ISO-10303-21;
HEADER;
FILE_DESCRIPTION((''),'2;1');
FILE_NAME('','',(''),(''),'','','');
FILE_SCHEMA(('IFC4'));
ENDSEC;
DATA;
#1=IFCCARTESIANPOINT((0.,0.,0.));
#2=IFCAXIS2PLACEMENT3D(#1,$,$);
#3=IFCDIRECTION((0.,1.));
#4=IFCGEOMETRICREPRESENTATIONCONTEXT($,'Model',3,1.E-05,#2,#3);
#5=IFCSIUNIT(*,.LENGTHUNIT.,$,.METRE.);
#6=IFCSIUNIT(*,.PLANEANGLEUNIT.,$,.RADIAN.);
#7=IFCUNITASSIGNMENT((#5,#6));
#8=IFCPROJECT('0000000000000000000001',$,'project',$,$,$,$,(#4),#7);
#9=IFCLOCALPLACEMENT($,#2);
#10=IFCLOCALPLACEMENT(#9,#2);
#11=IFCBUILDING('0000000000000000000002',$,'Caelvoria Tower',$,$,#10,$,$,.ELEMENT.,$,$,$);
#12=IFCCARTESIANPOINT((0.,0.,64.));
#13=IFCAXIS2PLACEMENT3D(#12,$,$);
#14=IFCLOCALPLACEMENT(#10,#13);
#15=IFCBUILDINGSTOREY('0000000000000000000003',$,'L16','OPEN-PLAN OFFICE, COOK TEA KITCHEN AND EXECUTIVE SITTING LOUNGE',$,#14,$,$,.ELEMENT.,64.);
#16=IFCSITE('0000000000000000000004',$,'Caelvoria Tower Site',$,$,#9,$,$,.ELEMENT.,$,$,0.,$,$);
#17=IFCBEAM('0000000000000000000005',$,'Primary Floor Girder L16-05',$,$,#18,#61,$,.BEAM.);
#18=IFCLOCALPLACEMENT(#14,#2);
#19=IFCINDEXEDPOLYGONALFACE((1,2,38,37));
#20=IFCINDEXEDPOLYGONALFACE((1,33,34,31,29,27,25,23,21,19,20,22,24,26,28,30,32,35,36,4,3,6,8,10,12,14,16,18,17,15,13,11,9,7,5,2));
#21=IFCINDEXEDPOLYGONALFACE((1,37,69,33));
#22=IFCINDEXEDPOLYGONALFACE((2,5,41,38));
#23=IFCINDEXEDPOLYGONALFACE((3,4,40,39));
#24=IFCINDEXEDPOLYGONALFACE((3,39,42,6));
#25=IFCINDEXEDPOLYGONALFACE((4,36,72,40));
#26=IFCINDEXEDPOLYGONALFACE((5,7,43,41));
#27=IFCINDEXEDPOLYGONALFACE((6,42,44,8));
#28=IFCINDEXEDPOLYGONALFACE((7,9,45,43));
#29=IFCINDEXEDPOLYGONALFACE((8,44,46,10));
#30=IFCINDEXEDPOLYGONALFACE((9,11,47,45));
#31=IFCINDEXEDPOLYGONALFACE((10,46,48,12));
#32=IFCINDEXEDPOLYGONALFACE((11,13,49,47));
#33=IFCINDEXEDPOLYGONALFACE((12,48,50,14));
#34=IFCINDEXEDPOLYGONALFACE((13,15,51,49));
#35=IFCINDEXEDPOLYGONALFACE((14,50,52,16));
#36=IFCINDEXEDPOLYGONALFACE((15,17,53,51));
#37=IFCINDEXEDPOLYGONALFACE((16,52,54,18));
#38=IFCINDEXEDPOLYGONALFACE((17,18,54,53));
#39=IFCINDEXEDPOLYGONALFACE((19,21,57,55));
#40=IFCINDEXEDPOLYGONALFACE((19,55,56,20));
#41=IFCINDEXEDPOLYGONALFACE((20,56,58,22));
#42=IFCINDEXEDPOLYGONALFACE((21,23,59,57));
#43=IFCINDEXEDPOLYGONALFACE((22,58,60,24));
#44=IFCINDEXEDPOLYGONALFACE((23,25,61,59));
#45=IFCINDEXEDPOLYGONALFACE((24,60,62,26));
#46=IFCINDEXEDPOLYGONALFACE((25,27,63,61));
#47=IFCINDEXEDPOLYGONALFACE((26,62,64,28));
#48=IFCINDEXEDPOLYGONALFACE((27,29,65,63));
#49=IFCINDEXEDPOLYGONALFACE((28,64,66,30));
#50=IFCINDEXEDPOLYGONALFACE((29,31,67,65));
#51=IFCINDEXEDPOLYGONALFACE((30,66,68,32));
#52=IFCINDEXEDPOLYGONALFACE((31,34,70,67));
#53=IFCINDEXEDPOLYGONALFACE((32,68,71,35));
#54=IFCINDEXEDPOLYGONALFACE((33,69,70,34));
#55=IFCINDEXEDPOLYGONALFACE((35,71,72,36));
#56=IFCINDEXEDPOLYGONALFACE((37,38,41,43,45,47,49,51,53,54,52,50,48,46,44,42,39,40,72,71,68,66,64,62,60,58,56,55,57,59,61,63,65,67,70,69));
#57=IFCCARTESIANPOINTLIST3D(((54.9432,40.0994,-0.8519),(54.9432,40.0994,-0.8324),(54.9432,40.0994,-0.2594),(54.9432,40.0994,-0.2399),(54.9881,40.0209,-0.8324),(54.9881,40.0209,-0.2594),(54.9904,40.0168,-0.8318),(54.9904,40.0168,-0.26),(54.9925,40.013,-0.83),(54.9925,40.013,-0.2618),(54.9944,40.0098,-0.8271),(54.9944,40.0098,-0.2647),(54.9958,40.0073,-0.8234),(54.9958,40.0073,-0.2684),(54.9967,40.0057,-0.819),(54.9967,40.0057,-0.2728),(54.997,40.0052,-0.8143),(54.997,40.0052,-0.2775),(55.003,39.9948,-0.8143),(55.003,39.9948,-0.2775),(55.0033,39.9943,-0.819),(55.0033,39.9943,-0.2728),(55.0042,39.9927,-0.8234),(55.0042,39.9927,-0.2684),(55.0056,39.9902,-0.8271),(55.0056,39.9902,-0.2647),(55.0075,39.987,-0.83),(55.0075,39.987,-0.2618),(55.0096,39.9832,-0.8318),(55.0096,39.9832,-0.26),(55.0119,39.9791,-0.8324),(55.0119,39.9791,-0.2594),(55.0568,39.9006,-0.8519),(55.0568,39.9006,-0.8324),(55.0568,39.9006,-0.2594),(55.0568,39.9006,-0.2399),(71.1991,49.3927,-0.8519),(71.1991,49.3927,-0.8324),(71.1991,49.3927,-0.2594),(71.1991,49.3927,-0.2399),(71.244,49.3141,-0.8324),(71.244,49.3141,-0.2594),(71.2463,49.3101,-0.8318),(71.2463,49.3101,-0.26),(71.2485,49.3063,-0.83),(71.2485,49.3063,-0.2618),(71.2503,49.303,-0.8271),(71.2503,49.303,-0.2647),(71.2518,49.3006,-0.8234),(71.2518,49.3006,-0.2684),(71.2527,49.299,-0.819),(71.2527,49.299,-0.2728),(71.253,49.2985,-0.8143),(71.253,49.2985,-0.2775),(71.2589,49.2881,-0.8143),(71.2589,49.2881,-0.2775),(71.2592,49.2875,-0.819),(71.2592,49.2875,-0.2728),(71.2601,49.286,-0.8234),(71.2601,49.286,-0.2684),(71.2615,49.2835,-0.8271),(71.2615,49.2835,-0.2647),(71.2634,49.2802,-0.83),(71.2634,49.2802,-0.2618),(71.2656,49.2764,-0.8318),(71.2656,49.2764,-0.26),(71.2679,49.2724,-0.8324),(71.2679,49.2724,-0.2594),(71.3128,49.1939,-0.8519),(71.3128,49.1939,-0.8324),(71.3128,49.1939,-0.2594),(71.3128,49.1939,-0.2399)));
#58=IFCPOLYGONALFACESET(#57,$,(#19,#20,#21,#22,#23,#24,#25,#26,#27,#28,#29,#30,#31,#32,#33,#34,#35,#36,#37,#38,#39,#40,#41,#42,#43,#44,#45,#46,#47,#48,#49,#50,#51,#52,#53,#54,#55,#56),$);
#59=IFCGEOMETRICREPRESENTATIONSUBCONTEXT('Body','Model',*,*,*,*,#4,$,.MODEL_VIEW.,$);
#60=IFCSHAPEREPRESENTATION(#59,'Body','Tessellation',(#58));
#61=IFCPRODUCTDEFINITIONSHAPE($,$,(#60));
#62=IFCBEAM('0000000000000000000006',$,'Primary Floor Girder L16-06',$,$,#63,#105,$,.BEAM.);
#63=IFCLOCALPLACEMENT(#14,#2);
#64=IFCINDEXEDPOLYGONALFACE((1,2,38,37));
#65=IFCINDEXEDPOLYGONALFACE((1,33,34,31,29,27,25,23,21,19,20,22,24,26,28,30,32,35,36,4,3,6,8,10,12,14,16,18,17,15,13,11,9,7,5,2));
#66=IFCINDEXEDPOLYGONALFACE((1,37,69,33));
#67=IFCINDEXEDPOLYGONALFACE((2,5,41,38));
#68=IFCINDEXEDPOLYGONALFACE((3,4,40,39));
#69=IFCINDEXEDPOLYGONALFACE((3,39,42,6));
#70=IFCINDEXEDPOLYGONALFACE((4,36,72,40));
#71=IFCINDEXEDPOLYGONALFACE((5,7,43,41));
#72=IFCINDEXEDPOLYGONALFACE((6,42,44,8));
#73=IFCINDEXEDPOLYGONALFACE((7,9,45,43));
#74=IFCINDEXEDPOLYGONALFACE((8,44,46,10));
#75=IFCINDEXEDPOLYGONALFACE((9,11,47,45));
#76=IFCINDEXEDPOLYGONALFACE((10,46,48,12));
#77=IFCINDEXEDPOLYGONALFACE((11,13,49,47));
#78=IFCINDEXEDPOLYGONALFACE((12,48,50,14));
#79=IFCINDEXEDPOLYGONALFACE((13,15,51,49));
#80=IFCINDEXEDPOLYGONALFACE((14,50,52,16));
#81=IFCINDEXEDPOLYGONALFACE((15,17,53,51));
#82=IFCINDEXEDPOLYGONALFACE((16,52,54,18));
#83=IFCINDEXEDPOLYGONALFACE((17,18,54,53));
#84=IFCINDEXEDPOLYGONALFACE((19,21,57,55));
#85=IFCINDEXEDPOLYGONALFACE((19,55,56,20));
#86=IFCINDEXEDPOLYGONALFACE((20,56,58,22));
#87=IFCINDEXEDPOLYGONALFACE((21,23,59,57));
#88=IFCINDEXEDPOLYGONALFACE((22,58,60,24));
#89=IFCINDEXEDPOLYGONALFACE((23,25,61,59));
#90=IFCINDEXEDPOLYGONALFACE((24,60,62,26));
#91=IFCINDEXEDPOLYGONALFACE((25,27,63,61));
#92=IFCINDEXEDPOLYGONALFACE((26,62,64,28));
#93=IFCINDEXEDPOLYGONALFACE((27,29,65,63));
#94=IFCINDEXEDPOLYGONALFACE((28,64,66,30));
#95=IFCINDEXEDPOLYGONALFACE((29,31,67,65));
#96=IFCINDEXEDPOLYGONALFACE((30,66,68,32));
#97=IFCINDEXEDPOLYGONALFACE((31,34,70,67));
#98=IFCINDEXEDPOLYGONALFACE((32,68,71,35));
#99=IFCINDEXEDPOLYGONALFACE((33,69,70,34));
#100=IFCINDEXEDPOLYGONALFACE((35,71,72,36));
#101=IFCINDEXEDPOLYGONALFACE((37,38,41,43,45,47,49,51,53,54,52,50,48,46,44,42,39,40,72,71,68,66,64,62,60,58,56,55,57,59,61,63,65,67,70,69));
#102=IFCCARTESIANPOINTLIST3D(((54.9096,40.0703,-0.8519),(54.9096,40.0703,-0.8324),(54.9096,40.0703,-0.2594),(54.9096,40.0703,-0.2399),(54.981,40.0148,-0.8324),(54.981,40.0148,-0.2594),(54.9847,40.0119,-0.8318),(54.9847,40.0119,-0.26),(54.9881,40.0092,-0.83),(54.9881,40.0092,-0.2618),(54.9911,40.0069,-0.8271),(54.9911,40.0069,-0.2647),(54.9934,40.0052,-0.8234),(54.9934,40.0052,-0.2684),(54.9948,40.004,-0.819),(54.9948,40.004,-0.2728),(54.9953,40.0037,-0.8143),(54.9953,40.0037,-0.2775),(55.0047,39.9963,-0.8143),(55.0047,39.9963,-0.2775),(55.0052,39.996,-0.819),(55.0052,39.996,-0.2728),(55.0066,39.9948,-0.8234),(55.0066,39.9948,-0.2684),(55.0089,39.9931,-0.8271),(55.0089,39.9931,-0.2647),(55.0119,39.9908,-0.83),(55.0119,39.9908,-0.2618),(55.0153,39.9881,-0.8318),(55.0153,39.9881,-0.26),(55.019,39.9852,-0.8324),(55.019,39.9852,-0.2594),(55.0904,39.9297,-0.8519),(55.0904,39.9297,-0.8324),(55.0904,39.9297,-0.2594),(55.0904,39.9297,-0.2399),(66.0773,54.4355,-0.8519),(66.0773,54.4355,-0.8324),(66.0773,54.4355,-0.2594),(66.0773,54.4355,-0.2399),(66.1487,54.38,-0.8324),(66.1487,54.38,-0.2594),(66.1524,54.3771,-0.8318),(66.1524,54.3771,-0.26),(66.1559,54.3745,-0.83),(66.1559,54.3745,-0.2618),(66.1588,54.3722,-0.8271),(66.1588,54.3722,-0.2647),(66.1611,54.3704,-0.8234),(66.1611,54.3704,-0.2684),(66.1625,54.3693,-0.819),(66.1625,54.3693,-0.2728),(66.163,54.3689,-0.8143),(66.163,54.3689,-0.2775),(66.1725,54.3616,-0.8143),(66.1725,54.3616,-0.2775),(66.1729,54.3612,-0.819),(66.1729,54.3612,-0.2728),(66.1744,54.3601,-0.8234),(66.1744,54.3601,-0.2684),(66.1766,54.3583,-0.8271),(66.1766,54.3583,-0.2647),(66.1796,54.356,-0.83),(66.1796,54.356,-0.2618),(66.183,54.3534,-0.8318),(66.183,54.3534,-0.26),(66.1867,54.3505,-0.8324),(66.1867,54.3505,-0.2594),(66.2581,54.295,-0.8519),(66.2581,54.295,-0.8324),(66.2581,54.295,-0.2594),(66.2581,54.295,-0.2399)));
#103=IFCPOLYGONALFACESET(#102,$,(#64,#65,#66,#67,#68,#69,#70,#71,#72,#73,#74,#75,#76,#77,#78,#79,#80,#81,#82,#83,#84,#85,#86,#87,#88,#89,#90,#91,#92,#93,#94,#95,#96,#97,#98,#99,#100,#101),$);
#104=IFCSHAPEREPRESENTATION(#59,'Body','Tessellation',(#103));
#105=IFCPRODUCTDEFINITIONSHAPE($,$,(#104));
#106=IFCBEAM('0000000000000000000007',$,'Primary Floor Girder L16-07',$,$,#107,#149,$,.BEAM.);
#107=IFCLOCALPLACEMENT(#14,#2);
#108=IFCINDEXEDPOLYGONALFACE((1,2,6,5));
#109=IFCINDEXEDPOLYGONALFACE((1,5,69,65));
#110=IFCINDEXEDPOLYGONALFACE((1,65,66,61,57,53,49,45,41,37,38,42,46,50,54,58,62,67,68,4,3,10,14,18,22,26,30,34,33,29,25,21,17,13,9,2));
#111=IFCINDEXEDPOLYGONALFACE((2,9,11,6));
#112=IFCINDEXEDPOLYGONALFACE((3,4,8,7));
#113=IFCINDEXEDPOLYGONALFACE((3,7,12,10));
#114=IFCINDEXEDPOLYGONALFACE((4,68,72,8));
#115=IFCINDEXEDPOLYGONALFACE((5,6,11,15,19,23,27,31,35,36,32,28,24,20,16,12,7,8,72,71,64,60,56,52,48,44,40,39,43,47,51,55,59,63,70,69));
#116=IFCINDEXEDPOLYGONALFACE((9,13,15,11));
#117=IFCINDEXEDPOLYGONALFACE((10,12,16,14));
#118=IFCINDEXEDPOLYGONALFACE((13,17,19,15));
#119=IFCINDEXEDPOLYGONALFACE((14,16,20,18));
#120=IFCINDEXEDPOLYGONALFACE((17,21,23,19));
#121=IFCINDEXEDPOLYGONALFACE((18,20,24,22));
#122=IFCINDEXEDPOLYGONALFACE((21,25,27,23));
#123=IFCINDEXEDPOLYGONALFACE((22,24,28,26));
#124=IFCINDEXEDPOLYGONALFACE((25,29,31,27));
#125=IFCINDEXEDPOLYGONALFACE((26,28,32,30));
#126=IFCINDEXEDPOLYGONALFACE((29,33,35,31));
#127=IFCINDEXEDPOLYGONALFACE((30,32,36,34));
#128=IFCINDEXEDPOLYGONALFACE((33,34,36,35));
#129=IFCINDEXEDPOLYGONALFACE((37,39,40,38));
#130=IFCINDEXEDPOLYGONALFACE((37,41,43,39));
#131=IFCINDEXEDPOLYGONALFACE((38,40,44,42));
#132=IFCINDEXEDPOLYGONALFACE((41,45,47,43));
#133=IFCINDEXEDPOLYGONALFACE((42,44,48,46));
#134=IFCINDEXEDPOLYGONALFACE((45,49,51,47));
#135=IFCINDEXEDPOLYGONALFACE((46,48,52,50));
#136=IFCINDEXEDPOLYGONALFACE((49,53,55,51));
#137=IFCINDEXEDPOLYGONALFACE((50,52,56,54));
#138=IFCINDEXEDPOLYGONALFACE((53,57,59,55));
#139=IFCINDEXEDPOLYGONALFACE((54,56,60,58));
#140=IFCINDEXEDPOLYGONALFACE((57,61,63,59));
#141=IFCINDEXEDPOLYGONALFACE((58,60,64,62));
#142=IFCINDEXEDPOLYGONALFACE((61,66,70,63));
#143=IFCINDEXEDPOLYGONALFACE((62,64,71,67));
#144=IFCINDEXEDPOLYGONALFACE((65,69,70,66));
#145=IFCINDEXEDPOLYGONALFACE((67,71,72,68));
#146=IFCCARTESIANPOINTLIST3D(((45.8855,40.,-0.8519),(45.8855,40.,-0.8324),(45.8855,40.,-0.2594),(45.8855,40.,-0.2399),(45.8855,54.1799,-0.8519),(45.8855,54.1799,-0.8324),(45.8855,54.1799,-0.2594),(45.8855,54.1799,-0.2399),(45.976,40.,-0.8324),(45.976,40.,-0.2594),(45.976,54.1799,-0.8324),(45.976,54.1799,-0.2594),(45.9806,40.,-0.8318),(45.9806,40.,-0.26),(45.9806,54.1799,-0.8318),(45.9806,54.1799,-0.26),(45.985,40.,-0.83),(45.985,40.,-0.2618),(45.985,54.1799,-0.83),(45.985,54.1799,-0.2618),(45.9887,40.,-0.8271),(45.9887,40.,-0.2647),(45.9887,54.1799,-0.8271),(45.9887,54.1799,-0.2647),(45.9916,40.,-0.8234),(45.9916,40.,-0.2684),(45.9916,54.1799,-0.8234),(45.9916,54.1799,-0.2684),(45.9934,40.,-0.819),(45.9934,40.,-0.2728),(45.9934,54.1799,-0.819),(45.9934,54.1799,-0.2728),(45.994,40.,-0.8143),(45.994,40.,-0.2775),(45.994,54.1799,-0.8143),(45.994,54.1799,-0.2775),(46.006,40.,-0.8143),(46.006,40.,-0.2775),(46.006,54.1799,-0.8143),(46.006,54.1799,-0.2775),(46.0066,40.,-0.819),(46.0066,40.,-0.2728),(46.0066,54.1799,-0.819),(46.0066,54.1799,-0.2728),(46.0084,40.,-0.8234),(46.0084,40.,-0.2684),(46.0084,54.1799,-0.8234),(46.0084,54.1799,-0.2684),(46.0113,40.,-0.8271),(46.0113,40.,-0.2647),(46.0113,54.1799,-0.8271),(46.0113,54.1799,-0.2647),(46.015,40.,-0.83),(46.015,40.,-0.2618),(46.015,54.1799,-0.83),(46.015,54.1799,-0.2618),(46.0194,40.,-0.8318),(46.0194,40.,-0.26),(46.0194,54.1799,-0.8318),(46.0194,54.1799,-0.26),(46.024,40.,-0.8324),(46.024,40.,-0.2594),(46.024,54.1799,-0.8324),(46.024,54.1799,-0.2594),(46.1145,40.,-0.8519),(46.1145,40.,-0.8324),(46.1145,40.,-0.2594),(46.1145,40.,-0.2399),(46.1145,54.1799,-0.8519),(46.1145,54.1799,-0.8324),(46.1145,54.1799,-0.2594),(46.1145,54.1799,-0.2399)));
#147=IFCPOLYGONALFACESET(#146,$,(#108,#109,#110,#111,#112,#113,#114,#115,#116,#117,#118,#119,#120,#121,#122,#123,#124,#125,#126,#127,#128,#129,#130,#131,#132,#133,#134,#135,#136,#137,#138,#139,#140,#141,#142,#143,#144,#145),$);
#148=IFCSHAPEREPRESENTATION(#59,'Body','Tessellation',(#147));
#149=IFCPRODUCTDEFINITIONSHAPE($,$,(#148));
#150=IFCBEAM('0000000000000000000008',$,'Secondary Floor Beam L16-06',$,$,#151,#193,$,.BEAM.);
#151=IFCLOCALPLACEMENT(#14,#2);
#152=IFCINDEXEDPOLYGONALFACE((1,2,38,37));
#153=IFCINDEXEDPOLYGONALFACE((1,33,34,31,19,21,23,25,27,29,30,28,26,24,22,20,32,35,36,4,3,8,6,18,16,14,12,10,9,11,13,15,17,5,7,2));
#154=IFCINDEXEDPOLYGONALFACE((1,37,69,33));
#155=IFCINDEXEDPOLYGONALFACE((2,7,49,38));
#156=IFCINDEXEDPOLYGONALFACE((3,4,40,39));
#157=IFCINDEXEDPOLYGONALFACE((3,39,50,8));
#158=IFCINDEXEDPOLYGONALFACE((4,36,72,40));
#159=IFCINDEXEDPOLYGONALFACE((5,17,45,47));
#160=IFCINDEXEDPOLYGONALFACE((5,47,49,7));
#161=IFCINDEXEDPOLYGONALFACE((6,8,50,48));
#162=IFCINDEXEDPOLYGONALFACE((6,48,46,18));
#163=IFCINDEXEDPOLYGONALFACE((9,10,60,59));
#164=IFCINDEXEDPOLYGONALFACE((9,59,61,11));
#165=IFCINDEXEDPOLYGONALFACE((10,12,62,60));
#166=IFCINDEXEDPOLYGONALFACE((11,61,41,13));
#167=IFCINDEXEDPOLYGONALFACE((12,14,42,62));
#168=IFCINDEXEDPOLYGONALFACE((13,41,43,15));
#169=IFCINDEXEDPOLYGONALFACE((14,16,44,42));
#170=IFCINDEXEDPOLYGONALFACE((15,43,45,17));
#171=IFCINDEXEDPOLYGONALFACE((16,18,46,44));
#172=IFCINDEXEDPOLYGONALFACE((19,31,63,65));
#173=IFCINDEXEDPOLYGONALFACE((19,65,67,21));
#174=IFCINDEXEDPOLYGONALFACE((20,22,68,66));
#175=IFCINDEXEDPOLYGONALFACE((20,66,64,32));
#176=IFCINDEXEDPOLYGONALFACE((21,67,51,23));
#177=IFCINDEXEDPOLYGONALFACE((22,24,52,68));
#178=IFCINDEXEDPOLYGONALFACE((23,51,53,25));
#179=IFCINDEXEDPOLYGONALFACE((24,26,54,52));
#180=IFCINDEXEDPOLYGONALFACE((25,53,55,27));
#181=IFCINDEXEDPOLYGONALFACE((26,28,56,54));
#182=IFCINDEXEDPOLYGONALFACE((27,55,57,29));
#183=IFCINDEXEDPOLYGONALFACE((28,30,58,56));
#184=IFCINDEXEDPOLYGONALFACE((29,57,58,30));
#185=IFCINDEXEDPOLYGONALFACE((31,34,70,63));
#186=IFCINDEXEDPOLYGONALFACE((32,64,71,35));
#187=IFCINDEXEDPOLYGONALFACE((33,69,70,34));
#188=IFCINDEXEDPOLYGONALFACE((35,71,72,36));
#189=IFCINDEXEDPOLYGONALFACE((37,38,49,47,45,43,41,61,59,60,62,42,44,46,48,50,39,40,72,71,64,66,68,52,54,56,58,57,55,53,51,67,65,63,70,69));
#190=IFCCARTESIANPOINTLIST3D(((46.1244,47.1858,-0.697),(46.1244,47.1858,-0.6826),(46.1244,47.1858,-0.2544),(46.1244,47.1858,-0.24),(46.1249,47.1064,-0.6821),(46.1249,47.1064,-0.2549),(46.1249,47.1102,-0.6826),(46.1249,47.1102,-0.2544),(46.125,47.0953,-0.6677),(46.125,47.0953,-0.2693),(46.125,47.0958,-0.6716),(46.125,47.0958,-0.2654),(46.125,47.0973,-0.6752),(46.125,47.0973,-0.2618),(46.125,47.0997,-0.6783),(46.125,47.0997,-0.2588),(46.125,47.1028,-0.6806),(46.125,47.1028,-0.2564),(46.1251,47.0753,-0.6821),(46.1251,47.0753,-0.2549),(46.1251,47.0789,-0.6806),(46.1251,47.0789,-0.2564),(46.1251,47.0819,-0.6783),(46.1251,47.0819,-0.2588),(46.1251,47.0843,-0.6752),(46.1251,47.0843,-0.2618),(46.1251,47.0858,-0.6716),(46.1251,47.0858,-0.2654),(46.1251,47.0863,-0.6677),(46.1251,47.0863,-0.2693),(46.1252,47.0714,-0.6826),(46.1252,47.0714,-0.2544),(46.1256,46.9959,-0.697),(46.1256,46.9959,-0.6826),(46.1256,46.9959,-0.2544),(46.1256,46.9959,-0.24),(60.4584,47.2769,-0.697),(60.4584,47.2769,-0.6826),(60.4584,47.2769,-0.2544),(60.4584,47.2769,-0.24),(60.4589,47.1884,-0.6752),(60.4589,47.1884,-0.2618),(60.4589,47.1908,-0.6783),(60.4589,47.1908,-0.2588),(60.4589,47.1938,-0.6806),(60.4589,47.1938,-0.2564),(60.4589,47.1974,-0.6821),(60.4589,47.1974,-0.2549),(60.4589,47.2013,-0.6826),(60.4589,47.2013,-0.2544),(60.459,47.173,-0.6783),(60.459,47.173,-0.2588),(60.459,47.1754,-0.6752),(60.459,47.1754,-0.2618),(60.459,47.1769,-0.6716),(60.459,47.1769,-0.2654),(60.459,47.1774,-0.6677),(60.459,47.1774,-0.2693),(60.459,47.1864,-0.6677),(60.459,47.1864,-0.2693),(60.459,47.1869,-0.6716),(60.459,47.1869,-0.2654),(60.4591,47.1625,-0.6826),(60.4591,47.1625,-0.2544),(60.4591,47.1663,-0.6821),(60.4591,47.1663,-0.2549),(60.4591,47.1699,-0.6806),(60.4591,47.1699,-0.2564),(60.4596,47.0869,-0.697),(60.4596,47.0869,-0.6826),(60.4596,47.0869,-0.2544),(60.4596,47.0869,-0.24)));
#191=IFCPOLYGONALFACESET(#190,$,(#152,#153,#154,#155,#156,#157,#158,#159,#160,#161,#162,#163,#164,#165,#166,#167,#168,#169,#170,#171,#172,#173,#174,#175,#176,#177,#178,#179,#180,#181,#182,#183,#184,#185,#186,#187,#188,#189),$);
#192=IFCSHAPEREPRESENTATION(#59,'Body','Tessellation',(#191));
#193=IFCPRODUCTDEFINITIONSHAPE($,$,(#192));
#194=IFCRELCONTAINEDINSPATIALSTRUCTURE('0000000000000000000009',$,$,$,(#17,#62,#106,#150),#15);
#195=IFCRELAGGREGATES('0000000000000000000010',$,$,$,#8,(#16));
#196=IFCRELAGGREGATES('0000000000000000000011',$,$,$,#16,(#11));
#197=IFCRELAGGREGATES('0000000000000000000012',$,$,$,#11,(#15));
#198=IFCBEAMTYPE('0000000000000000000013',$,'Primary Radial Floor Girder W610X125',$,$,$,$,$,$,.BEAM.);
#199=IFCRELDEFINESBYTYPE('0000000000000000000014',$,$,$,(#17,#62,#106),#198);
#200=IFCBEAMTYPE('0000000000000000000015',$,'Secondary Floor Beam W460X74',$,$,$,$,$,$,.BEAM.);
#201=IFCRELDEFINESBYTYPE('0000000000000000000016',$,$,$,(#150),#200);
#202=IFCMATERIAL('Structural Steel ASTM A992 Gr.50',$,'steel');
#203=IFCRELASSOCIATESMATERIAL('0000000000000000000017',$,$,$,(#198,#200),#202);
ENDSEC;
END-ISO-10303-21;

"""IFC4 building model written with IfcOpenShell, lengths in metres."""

from ifc_helpers import new_model, si_unit, direction, frame, origin, origin_2d, place, context, subcontext, project, spatial, i_section, extrude, material, material_profile, profile_set, type_object, element, save


model = new_model("IFC4")

# Units and contexts
model_context = context("Model", 3, precision=1e-05, world=origin(), true_north=direction((0.0, 1.0)))
body_context = subcontext(model_context, "Body", "Model", "MODEL_VIEW")
ifc_project = project(units=[si_unit("LENGTHUNIT", "METRE"), si_unit("PLANEANGLEUNIT", "RADIAN")], contexts=[model_context])

# Site, building, storey
site_placement = place(None, origin())
site = spatial("IfcSite", under=ifc_project, at=site_placement, Name="Caelvoria Tower Site", CompositionType="ELEMENT", RefElevation=0.0)
building_placement = place(site_placement, origin())
building = spatial("IfcBuilding", under=site, at=building_placement, Name="Caelvoria Tower", CompositionType="ELEMENT")
storey_placement = place(building_placement, frame((0.0, 0.0, 64.0)))
storey = spatial("IfcBuildingStorey", under=building, at=storey_placement, Name="L16", Description="OPEN-PLAN OFFICE, COOK TEA KITCHEN AND EXECUTIVE SITTING LOUNGE", CompositionType="ELEMENT", Elevation=64.0)

# Beams
ifc_material_1 = material(Name="Structural Steel ASTM A992 Gr.50", Category="steel")
ifc_material_profile_1 = material_profile(ifc_material_1, i_section(OverallWidth=0.229, OverallDepth=0.6121, WebThickness=0.012, FlangeThickness=0.0195, FilletRadius=0.0181, at=origin_2d()), Name="Structural Steel ASTM A992 Gr.50")
ifc_profile_set_1 = profile_set([ifc_material_profile_1], Name="W610X125 - Structural Steel ASTM A992 Gr.50")
beam_type_1 = type_object("IfcBeamType", Name="Primary Radial Floor Girder W610X125", PredefinedType="BEAM", material=ifc_profile_set_1)
beam_1_placement = place(storey_placement, frame((55.0, 40.0, -0.5459), z_axis=(0.868148, 0.496306, 0.0), x_axis=(-0.496306, 0.868148, 0.0)))
element("IfcBeam", 1, at=beam_1_placement, inside=storey, type_object=beam_type_1, Name="Primary Floor Girder L16-05", PredefinedType="BEAM", context=body_context, shape_type="SweptSolid", body=[
    extrude(i_section(OverallWidth=0.229, OverallDepth=0.6121, WebThickness=0.012, FlangeThickness=0.0195, FilletRadius=0.0181, at=origin_2d()), origin(), (0.0, 0.0, 1.0), 18.7249),
])
beam_2_placement = place(storey_placement, frame((55.0, 40.0, -0.5459), z_axis=(0.613761, 0.789492, 0.0), x_axis=(-0.789492, 0.613761, 0.0)))
element("IfcBeam", 2, at=beam_2_placement, inside=storey, type_object=beam_type_1, Name="Primary Floor Girder L16-06", PredefinedType="BEAM", context=body_context, shape_type="SweptSolid", body=[
    extrude(i_section(OverallWidth=0.229, OverallDepth=0.6121, WebThickness=0.012, FlangeThickness=0.0195, FilletRadius=0.0181, at=origin_2d()), origin(), (0.0, 0.0, 1.0), 18.1956),
])
beam_3_placement = place(storey_placement, frame((46.0, 40.0, -0.5459), z_axis=(0.0, 1.0, 0.0), x_axis=(-1.0, 0.0, 0.0)))
element("IfcBeam", 3, at=beam_3_placement, inside=storey, type_object=beam_type_1, Name="Primary Floor Girder L16-07", PredefinedType="BEAM", context=body_context, shape_type="SweptSolid", body=[
    extrude(i_section(OverallWidth=0.229, OverallDepth=0.6121, WebThickness=0.012, FlangeThickness=0.0195, FilletRadius=0.0181, at=origin_2d()), origin(), (0.0, 0.0, 1.0), 14.1799),
])
ifc_material_profile_2 = material_profile(ifc_material_1, i_section(OverallWidth=0.1899, OverallDepth=0.457, WebThickness=0.009, FlangeThickness=0.0144, FilletRadius=0.0149, at=origin_2d()), Name="Structural Steel ASTM A992 Gr.50")
ifc_profile_set_2 = profile_set([ifc_material_profile_2], Name="W460X74 - Structural Steel ASTM A992 Gr.50")
beam_type_2 = type_object("IfcBeamType", Name="Secondary Floor Beam W460X74", PredefinedType="BEAM", material=ifc_profile_set_2)
for number, where, z_axis, x_axis, name in (
    (4, (60.459, 47.1819, -0.4685), (-0.99998, -0.006353, 0.0), (0.006353, -0.99998, 0.0), "Secondary Floor Beam L16-06"),
):
    element("IfcBeam", number, at=place(storey_placement, frame(where, z_axis=z_axis, x_axis=x_axis)), inside=storey, type_object=beam_type_2, Name=name, PredefinedType="BEAM", context=body_context, shape_type="SweptSolid", body=[
        extrude(i_section(OverallWidth=0.1899, OverallDepth=0.457, WebThickness=0.009, FlangeThickness=0.0144, FilletRadius=0.0149, at=origin_2d()), origin(), (0.0, 0.0, 1.0), 14.3342),
    ])

save(model, "model.ifc")
